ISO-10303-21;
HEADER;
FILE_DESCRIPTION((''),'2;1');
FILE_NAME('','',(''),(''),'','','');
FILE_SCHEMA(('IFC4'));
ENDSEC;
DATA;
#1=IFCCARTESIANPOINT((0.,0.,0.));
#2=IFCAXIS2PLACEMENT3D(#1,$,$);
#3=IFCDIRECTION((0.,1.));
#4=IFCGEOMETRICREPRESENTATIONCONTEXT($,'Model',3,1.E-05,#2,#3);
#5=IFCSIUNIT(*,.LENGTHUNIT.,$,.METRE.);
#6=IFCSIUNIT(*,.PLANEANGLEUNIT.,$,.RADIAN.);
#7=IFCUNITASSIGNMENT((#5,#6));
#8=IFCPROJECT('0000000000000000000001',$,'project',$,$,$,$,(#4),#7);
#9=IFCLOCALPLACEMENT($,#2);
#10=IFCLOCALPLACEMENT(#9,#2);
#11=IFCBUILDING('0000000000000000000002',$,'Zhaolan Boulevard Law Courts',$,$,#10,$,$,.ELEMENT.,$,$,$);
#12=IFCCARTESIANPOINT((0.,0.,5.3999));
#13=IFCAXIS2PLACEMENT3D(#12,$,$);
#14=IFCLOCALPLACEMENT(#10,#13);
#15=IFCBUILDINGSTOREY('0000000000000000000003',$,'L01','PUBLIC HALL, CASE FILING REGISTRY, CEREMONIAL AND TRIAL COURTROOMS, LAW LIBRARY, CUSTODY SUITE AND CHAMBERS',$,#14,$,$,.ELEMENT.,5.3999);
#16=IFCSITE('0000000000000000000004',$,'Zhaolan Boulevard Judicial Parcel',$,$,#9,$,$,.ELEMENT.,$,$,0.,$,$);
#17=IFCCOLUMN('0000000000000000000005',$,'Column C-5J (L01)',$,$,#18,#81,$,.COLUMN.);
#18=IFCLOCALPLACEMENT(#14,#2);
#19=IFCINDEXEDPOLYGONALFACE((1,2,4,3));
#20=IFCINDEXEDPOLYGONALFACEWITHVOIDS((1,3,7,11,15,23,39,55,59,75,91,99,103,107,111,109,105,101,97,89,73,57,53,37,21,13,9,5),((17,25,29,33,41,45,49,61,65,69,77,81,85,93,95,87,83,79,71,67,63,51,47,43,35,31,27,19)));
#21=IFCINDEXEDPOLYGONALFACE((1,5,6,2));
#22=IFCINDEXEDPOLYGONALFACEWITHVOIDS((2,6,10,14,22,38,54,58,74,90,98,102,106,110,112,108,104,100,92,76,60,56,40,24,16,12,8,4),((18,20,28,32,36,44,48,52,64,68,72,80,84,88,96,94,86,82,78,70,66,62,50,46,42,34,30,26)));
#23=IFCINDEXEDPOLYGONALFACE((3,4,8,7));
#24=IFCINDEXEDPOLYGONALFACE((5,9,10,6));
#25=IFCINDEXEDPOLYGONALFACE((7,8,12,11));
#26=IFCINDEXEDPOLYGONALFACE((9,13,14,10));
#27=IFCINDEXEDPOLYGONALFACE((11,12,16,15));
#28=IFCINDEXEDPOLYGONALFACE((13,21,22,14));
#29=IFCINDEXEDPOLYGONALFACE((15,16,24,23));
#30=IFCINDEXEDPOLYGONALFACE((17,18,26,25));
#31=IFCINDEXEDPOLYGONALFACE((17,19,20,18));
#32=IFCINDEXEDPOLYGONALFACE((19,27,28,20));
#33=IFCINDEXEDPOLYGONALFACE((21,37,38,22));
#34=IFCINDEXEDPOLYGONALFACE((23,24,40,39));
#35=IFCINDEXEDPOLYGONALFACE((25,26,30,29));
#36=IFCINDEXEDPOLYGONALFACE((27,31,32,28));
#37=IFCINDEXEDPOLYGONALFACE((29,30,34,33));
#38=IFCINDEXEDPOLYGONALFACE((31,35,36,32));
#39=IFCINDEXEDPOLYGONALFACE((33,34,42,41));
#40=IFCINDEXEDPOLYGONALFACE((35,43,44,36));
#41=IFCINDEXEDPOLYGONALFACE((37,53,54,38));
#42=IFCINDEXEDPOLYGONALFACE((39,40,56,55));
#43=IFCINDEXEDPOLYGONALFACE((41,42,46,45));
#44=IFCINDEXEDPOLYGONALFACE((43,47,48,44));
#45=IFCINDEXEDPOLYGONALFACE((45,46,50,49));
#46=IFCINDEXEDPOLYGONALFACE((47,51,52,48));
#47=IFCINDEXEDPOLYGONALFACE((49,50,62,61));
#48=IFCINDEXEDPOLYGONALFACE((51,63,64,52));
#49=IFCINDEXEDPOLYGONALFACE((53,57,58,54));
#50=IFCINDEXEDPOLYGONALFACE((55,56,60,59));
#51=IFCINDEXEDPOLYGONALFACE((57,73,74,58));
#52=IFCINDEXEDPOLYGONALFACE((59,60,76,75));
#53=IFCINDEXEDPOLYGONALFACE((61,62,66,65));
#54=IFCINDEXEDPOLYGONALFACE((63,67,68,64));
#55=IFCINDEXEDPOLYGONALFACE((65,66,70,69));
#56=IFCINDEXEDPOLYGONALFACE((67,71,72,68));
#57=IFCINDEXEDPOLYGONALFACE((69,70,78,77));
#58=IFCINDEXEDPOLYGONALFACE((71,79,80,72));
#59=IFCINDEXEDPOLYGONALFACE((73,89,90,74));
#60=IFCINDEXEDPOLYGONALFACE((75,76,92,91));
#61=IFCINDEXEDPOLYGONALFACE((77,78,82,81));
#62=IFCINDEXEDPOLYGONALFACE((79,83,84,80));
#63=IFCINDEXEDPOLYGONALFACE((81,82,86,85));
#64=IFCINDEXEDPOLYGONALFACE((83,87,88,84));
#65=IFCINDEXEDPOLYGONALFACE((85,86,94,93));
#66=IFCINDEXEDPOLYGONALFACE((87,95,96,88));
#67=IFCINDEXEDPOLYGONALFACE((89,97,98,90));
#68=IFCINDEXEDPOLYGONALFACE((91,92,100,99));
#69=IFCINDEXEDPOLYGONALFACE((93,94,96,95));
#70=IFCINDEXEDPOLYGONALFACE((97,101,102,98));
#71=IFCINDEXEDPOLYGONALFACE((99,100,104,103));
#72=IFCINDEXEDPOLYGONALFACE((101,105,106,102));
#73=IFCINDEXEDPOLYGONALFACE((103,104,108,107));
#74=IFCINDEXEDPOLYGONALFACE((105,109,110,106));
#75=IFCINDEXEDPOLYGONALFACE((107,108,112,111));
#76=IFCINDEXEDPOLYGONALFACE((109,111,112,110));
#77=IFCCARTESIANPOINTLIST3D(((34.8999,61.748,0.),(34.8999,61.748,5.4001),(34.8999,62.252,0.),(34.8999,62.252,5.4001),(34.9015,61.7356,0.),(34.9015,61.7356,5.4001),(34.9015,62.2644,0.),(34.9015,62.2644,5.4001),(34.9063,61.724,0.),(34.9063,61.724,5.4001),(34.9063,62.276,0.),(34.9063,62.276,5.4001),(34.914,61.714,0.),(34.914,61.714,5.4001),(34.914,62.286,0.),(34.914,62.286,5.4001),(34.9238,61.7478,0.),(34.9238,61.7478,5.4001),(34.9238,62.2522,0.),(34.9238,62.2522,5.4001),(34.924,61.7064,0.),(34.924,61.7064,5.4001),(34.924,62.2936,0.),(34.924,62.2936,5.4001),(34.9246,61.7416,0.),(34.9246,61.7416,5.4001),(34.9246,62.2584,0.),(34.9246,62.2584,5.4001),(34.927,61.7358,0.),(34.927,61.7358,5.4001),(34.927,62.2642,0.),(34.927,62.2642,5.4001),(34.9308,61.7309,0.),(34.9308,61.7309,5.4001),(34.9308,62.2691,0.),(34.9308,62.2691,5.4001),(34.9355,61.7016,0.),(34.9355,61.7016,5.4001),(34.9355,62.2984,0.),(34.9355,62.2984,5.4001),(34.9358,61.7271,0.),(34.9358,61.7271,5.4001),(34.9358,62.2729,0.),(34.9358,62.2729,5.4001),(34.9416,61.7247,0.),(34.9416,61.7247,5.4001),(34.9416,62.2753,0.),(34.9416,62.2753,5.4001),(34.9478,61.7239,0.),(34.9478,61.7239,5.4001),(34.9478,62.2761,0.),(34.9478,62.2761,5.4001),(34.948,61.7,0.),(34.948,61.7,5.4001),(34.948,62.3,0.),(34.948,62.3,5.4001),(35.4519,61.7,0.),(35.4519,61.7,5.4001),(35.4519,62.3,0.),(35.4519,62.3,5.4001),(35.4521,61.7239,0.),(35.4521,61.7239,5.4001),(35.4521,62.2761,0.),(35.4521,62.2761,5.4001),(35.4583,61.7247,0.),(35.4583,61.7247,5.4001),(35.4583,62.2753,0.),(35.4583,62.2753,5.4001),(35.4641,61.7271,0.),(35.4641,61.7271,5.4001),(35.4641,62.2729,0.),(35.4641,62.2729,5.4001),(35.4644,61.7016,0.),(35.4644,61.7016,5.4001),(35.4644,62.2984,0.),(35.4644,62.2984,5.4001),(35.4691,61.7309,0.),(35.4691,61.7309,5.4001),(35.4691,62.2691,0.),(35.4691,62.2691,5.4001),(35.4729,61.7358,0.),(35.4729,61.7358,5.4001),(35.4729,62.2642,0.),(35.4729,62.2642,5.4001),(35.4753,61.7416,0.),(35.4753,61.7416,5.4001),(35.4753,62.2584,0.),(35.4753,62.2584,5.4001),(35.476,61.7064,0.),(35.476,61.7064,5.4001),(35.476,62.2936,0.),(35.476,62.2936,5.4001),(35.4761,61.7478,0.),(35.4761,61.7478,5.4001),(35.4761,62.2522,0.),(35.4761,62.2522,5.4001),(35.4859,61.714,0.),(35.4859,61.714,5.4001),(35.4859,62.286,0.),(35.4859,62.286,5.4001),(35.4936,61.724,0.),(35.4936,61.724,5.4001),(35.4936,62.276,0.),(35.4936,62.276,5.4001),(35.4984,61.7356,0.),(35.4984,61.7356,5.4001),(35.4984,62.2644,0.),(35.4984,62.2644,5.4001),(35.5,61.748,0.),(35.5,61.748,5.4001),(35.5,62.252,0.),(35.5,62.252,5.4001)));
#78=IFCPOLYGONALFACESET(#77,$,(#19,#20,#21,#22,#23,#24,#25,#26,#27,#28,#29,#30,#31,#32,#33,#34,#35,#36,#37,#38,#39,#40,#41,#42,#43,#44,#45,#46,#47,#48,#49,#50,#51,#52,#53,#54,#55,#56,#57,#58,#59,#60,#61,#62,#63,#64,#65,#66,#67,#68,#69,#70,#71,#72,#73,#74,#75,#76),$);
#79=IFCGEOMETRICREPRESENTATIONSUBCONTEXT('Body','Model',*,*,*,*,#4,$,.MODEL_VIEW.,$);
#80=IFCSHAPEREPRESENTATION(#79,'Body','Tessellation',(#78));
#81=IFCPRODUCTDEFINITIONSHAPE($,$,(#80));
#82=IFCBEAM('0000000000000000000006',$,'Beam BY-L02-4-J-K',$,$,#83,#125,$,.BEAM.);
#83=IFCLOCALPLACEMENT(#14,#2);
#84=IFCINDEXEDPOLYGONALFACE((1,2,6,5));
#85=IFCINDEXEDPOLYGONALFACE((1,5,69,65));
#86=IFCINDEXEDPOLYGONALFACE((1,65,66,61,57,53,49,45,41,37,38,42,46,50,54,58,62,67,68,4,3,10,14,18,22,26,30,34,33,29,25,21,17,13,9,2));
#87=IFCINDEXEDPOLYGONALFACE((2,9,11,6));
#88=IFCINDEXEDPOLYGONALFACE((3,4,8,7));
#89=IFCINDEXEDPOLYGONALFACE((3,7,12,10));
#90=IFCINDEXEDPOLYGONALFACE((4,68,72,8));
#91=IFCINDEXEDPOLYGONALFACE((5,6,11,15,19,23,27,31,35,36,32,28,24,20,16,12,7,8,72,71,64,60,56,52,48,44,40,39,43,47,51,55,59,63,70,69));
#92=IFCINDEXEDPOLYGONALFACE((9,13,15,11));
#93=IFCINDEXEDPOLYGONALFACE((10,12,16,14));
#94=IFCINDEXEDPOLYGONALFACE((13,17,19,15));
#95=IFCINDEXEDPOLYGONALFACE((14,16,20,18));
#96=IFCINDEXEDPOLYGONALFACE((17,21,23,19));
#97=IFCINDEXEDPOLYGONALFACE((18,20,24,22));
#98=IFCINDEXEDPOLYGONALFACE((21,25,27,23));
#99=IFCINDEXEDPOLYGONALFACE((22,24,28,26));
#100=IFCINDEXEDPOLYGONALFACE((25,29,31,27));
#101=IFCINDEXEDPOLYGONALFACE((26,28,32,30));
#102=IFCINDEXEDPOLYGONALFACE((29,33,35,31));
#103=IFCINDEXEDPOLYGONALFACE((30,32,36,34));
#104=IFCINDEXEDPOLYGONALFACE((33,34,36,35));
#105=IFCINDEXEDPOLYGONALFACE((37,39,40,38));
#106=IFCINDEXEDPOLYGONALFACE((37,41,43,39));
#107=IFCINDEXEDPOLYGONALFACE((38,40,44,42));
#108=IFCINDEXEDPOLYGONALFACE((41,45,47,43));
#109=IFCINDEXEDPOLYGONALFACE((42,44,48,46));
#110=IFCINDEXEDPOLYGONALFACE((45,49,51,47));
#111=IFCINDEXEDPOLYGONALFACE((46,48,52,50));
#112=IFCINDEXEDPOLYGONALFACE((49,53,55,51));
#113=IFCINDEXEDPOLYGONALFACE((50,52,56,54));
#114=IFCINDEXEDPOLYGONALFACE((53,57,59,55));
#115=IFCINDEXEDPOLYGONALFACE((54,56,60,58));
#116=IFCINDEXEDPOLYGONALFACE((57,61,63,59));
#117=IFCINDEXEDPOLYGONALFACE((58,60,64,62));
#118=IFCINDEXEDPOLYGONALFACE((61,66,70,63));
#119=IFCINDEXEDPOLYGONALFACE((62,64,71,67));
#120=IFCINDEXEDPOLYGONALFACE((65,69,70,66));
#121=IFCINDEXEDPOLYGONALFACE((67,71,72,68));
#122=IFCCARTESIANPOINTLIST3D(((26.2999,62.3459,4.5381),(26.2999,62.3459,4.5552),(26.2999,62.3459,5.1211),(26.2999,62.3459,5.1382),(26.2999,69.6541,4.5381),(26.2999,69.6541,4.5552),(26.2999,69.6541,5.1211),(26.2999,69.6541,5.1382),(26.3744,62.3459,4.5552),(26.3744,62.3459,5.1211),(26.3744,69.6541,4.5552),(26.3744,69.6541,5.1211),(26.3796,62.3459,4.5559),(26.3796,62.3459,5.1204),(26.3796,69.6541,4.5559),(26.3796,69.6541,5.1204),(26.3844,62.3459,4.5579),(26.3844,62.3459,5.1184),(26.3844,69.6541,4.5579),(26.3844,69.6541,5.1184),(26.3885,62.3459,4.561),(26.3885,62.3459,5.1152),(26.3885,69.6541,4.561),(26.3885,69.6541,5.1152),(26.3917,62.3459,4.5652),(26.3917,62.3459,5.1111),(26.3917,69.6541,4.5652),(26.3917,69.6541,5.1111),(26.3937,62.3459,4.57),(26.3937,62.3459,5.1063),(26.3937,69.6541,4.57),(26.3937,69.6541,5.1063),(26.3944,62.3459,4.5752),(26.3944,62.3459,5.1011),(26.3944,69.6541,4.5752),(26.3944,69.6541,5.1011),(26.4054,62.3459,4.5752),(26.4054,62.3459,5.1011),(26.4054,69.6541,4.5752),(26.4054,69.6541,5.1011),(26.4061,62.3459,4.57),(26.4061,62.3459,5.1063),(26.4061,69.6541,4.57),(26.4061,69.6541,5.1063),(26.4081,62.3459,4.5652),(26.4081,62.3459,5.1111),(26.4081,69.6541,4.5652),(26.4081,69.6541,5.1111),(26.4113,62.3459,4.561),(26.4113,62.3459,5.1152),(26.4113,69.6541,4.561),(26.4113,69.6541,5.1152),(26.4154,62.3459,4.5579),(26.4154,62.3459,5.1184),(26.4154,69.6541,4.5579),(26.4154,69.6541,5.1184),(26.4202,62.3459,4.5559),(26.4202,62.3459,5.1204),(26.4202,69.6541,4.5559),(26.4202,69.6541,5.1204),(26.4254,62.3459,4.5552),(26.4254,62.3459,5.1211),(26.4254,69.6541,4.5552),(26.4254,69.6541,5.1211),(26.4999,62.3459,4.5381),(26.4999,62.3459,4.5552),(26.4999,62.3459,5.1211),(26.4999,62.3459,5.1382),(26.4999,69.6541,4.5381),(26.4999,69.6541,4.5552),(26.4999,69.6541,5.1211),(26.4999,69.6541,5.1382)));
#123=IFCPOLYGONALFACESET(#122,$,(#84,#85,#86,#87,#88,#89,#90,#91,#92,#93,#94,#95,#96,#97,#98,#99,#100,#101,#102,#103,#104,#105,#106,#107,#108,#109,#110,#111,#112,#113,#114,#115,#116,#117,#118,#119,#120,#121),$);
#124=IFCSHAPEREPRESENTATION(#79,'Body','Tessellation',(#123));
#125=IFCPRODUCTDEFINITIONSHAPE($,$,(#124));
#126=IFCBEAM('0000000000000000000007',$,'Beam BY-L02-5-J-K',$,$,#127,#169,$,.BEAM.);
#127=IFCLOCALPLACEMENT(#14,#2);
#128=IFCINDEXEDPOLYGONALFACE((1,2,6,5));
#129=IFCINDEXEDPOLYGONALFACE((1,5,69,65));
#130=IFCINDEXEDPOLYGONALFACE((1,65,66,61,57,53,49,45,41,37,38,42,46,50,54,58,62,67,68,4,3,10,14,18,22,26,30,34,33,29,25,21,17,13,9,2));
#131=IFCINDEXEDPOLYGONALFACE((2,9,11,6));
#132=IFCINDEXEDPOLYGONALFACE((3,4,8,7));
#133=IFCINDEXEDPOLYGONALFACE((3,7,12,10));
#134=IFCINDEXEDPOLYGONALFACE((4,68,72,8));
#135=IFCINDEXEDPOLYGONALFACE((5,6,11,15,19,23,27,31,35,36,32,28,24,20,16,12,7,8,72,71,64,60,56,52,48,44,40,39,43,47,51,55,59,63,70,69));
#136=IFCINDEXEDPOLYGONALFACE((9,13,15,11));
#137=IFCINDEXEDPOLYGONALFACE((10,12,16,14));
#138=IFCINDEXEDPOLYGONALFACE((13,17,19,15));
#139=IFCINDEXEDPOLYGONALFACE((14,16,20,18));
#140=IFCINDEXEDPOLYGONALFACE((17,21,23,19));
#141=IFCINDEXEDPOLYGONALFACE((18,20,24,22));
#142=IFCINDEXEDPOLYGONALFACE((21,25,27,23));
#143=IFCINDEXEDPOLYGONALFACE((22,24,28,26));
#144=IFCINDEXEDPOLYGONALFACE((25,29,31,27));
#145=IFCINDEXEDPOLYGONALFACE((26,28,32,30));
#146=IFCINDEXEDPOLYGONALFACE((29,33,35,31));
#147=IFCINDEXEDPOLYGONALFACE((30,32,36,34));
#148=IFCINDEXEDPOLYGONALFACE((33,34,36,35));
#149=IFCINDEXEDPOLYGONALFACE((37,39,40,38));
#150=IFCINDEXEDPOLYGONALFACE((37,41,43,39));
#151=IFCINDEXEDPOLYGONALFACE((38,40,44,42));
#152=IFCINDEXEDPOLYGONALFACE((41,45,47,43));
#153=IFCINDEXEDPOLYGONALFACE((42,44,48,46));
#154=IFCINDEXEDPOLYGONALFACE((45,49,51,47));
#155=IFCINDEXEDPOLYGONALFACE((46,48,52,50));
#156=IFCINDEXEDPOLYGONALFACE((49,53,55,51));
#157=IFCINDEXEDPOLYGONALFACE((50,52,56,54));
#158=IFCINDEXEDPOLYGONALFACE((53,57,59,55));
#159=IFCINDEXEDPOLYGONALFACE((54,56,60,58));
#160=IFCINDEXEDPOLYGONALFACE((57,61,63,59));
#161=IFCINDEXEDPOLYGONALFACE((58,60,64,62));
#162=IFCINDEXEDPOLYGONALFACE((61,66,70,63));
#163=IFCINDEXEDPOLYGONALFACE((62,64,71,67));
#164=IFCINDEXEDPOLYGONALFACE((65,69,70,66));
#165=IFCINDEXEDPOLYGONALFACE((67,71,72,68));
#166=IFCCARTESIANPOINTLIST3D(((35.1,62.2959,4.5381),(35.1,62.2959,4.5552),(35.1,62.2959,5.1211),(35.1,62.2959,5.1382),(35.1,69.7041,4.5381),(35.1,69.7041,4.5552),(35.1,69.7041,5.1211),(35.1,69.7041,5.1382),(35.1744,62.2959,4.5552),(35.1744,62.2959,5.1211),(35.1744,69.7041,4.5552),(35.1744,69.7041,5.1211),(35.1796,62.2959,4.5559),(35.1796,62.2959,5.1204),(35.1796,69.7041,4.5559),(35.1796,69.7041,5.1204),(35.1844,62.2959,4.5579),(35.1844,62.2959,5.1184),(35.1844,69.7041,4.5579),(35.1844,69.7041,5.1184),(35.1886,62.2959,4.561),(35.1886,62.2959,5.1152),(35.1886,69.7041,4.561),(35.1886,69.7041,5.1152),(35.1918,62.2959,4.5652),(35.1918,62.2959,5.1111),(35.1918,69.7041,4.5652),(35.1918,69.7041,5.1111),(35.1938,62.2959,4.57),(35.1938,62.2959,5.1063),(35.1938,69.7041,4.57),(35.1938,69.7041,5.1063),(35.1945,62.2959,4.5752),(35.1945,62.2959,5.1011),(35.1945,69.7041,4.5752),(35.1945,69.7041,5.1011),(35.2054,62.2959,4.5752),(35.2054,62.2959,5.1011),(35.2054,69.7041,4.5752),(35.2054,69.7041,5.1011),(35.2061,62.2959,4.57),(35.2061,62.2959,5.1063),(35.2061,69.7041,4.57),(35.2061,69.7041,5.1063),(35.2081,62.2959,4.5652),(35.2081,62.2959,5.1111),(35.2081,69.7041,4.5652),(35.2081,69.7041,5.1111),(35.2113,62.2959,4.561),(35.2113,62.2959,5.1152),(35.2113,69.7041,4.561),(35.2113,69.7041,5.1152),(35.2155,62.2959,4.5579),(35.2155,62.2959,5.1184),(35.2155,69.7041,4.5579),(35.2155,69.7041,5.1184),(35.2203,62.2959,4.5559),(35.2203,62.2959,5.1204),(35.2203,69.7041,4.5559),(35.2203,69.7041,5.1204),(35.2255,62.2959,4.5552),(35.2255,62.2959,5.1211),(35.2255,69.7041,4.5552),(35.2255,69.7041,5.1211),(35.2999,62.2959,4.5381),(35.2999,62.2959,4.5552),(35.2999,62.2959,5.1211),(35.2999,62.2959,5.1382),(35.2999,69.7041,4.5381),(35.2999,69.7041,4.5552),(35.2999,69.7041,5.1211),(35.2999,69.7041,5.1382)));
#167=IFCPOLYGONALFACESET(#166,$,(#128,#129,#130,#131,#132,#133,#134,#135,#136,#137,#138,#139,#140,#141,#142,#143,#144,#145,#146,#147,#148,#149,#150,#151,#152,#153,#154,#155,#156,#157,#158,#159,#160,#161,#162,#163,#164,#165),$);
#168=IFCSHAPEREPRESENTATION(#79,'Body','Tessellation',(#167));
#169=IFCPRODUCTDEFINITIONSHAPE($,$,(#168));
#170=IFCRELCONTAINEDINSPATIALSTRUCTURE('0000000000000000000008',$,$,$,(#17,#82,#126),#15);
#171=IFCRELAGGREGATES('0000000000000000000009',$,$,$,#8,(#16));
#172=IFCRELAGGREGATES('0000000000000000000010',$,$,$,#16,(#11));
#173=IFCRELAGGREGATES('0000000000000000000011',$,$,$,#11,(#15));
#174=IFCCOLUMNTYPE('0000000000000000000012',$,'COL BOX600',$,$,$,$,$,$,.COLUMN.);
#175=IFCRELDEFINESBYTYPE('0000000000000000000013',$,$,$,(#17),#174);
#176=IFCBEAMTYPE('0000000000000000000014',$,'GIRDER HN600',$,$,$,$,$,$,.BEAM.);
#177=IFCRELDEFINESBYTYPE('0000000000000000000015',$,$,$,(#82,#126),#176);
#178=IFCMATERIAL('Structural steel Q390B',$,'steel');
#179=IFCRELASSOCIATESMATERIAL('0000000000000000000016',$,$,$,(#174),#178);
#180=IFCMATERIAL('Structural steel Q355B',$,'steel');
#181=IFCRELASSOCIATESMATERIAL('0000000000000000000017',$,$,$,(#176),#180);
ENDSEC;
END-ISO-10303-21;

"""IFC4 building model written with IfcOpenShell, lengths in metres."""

from ifc_helpers import new_model, si_unit, direction, frame, origin, origin_2d, place, context, subcontext, project, spatial, hollow_rectangle, i_section, extrude, material, material_profile, profile_set, type_object, element, save


model = new_model("IFC4")

# Units and contexts
model_context = context("Model", 3, precision=1e-05, world=origin(), true_north=direction((0.0, 1.0)))
body_context = subcontext(model_context, "Body", "Model", "MODEL_VIEW")
ifc_project = project(units=[si_unit("LENGTHUNIT", "METRE"), si_unit("PLANEANGLEUNIT", "RADIAN")], contexts=[model_context])

# Site, building, storey
site_placement = place(None, origin())
site = spatial("IfcSite", under=ifc_project, at=site_placement, Name="Zhaolan Boulevard Judicial Parcel", CompositionType="ELEMENT", RefElevation=0.0)
building_placement = place(site_placement, origin())
building = spatial("IfcBuilding", under=site, at=building_placement, Name="Zhaolan Boulevard Law Courts", CompositionType="ELEMENT")
storey_placement = place(building_placement, frame((0.0, 0.0, 5.3999)))
storey = spatial("IfcBuildingStorey", under=building, at=storey_placement, Name="L01", Description="PUBLIC HALL, CASE FILING REGISTRY, CEREMONIAL AND TRIAL COURTROOMS, LAW LIBRARY, CUSTODY SUITE AND CHAMBERS", CompositionType="ELEMENT", Elevation=5.3999)

# Column
ifc_material_1 = material(Name="Structural steel Q390B", Category="steel")
ifc_material_profile_1 = material_profile(ifc_material_1, hollow_rectangle(XDim=0.6001, YDim=0.6001, WallThickness=0.0239, InnerFilletRadius=0.0239, OuterFilletRadius=0.0481, at=origin_2d()), Name="BOX600x600x24")
ifc_profile_set_1 = profile_set([ifc_material_profile_1], Name="Structural steel Q390B")
column_type = type_object("IfcColumnType", Name="COL BOX600", PredefinedType="COLUMN", material=ifc_profile_set_1)
column_placement = place(storey_placement, frame((35.2, 62.0, 0.0), z_axis=(0.0, 0.0, 1.0), x_axis=(1.0, 0.0, 0.0)))
element("IfcColumn", 1, at=column_placement, inside=storey, type_object=column_type, Name="Column C-5J (L01)", PredefinedType="COLUMN", context=body_context, shape_type="SweptSolid", body=[
    extrude(hollow_rectangle(XDim=0.6001, YDim=0.6001, WallThickness=0.0239, InnerFilletRadius=0.0239, OuterFilletRadius=0.0481, at=origin_2d()), origin(), (0.0, 0.0, 1.0), 5.4001),
])

# Beams
ifc_material_2 = material(Name="Structural steel Q355B", Category="steel")
ifc_material_profile_2 = material_profile(ifc_material_2, i_section(OverallWidth=0.2, OverallDepth=0.6001, WebThickness=0.011, FlangeThickness=0.0171, FilletRadius=0.02, at=origin_2d()), Name="HN600x200")
ifc_profile_set_2 = profile_set([ifc_material_profile_2], Name="Structural steel Q355B")
beam_type_1 = type_object("IfcBeamType", Name="GIRDER HN600", PredefinedType="BEAM", material=ifc_profile_set_2)
beam_1_placement = place(storey_placement, frame((26.3999, 62.3459, 4.8381), z_axis=(0.0, 1.0, 0.0), x_axis=(-1.0, 0.0, 0.0)))
element("IfcBeam", 2, at=beam_1_placement, inside=storey, type_object=beam_type_1, Name="Beam BY-L02-4-J-K", PredefinedType="BEAM", context=body_context, shape_type="SweptSolid", body=[
    extrude(i_section(OverallWidth=0.2, OverallDepth=0.6001, WebThickness=0.011, FlangeThickness=0.0171, FilletRadius=0.02, at=origin_2d()), origin(), (0.0, 0.0, 1.0), 7.3081),
])
beam_2_placement = place(storey_placement, frame((35.2, 62.2959, 4.8381), z_axis=(0.0, 1.0, 0.0), x_axis=(-1.0, 0.0, 0.0)))
element("IfcBeam", 3, at=beam_2_placement, inside=storey, type_object=beam_type_1, Name="Beam BY-L02-5-J-K", PredefinedType="BEAM", context=body_context, shape_type="SweptSolid", body=[
    extrude(i_section(OverallWidth=0.2, OverallDepth=0.6001, WebThickness=0.011, FlangeThickness=0.0171, FilletRadius=0.02, at=origin_2d()), origin(), (0.0, 0.0, 1.0), 7.4082),
])

save(model, "model.ifc")
